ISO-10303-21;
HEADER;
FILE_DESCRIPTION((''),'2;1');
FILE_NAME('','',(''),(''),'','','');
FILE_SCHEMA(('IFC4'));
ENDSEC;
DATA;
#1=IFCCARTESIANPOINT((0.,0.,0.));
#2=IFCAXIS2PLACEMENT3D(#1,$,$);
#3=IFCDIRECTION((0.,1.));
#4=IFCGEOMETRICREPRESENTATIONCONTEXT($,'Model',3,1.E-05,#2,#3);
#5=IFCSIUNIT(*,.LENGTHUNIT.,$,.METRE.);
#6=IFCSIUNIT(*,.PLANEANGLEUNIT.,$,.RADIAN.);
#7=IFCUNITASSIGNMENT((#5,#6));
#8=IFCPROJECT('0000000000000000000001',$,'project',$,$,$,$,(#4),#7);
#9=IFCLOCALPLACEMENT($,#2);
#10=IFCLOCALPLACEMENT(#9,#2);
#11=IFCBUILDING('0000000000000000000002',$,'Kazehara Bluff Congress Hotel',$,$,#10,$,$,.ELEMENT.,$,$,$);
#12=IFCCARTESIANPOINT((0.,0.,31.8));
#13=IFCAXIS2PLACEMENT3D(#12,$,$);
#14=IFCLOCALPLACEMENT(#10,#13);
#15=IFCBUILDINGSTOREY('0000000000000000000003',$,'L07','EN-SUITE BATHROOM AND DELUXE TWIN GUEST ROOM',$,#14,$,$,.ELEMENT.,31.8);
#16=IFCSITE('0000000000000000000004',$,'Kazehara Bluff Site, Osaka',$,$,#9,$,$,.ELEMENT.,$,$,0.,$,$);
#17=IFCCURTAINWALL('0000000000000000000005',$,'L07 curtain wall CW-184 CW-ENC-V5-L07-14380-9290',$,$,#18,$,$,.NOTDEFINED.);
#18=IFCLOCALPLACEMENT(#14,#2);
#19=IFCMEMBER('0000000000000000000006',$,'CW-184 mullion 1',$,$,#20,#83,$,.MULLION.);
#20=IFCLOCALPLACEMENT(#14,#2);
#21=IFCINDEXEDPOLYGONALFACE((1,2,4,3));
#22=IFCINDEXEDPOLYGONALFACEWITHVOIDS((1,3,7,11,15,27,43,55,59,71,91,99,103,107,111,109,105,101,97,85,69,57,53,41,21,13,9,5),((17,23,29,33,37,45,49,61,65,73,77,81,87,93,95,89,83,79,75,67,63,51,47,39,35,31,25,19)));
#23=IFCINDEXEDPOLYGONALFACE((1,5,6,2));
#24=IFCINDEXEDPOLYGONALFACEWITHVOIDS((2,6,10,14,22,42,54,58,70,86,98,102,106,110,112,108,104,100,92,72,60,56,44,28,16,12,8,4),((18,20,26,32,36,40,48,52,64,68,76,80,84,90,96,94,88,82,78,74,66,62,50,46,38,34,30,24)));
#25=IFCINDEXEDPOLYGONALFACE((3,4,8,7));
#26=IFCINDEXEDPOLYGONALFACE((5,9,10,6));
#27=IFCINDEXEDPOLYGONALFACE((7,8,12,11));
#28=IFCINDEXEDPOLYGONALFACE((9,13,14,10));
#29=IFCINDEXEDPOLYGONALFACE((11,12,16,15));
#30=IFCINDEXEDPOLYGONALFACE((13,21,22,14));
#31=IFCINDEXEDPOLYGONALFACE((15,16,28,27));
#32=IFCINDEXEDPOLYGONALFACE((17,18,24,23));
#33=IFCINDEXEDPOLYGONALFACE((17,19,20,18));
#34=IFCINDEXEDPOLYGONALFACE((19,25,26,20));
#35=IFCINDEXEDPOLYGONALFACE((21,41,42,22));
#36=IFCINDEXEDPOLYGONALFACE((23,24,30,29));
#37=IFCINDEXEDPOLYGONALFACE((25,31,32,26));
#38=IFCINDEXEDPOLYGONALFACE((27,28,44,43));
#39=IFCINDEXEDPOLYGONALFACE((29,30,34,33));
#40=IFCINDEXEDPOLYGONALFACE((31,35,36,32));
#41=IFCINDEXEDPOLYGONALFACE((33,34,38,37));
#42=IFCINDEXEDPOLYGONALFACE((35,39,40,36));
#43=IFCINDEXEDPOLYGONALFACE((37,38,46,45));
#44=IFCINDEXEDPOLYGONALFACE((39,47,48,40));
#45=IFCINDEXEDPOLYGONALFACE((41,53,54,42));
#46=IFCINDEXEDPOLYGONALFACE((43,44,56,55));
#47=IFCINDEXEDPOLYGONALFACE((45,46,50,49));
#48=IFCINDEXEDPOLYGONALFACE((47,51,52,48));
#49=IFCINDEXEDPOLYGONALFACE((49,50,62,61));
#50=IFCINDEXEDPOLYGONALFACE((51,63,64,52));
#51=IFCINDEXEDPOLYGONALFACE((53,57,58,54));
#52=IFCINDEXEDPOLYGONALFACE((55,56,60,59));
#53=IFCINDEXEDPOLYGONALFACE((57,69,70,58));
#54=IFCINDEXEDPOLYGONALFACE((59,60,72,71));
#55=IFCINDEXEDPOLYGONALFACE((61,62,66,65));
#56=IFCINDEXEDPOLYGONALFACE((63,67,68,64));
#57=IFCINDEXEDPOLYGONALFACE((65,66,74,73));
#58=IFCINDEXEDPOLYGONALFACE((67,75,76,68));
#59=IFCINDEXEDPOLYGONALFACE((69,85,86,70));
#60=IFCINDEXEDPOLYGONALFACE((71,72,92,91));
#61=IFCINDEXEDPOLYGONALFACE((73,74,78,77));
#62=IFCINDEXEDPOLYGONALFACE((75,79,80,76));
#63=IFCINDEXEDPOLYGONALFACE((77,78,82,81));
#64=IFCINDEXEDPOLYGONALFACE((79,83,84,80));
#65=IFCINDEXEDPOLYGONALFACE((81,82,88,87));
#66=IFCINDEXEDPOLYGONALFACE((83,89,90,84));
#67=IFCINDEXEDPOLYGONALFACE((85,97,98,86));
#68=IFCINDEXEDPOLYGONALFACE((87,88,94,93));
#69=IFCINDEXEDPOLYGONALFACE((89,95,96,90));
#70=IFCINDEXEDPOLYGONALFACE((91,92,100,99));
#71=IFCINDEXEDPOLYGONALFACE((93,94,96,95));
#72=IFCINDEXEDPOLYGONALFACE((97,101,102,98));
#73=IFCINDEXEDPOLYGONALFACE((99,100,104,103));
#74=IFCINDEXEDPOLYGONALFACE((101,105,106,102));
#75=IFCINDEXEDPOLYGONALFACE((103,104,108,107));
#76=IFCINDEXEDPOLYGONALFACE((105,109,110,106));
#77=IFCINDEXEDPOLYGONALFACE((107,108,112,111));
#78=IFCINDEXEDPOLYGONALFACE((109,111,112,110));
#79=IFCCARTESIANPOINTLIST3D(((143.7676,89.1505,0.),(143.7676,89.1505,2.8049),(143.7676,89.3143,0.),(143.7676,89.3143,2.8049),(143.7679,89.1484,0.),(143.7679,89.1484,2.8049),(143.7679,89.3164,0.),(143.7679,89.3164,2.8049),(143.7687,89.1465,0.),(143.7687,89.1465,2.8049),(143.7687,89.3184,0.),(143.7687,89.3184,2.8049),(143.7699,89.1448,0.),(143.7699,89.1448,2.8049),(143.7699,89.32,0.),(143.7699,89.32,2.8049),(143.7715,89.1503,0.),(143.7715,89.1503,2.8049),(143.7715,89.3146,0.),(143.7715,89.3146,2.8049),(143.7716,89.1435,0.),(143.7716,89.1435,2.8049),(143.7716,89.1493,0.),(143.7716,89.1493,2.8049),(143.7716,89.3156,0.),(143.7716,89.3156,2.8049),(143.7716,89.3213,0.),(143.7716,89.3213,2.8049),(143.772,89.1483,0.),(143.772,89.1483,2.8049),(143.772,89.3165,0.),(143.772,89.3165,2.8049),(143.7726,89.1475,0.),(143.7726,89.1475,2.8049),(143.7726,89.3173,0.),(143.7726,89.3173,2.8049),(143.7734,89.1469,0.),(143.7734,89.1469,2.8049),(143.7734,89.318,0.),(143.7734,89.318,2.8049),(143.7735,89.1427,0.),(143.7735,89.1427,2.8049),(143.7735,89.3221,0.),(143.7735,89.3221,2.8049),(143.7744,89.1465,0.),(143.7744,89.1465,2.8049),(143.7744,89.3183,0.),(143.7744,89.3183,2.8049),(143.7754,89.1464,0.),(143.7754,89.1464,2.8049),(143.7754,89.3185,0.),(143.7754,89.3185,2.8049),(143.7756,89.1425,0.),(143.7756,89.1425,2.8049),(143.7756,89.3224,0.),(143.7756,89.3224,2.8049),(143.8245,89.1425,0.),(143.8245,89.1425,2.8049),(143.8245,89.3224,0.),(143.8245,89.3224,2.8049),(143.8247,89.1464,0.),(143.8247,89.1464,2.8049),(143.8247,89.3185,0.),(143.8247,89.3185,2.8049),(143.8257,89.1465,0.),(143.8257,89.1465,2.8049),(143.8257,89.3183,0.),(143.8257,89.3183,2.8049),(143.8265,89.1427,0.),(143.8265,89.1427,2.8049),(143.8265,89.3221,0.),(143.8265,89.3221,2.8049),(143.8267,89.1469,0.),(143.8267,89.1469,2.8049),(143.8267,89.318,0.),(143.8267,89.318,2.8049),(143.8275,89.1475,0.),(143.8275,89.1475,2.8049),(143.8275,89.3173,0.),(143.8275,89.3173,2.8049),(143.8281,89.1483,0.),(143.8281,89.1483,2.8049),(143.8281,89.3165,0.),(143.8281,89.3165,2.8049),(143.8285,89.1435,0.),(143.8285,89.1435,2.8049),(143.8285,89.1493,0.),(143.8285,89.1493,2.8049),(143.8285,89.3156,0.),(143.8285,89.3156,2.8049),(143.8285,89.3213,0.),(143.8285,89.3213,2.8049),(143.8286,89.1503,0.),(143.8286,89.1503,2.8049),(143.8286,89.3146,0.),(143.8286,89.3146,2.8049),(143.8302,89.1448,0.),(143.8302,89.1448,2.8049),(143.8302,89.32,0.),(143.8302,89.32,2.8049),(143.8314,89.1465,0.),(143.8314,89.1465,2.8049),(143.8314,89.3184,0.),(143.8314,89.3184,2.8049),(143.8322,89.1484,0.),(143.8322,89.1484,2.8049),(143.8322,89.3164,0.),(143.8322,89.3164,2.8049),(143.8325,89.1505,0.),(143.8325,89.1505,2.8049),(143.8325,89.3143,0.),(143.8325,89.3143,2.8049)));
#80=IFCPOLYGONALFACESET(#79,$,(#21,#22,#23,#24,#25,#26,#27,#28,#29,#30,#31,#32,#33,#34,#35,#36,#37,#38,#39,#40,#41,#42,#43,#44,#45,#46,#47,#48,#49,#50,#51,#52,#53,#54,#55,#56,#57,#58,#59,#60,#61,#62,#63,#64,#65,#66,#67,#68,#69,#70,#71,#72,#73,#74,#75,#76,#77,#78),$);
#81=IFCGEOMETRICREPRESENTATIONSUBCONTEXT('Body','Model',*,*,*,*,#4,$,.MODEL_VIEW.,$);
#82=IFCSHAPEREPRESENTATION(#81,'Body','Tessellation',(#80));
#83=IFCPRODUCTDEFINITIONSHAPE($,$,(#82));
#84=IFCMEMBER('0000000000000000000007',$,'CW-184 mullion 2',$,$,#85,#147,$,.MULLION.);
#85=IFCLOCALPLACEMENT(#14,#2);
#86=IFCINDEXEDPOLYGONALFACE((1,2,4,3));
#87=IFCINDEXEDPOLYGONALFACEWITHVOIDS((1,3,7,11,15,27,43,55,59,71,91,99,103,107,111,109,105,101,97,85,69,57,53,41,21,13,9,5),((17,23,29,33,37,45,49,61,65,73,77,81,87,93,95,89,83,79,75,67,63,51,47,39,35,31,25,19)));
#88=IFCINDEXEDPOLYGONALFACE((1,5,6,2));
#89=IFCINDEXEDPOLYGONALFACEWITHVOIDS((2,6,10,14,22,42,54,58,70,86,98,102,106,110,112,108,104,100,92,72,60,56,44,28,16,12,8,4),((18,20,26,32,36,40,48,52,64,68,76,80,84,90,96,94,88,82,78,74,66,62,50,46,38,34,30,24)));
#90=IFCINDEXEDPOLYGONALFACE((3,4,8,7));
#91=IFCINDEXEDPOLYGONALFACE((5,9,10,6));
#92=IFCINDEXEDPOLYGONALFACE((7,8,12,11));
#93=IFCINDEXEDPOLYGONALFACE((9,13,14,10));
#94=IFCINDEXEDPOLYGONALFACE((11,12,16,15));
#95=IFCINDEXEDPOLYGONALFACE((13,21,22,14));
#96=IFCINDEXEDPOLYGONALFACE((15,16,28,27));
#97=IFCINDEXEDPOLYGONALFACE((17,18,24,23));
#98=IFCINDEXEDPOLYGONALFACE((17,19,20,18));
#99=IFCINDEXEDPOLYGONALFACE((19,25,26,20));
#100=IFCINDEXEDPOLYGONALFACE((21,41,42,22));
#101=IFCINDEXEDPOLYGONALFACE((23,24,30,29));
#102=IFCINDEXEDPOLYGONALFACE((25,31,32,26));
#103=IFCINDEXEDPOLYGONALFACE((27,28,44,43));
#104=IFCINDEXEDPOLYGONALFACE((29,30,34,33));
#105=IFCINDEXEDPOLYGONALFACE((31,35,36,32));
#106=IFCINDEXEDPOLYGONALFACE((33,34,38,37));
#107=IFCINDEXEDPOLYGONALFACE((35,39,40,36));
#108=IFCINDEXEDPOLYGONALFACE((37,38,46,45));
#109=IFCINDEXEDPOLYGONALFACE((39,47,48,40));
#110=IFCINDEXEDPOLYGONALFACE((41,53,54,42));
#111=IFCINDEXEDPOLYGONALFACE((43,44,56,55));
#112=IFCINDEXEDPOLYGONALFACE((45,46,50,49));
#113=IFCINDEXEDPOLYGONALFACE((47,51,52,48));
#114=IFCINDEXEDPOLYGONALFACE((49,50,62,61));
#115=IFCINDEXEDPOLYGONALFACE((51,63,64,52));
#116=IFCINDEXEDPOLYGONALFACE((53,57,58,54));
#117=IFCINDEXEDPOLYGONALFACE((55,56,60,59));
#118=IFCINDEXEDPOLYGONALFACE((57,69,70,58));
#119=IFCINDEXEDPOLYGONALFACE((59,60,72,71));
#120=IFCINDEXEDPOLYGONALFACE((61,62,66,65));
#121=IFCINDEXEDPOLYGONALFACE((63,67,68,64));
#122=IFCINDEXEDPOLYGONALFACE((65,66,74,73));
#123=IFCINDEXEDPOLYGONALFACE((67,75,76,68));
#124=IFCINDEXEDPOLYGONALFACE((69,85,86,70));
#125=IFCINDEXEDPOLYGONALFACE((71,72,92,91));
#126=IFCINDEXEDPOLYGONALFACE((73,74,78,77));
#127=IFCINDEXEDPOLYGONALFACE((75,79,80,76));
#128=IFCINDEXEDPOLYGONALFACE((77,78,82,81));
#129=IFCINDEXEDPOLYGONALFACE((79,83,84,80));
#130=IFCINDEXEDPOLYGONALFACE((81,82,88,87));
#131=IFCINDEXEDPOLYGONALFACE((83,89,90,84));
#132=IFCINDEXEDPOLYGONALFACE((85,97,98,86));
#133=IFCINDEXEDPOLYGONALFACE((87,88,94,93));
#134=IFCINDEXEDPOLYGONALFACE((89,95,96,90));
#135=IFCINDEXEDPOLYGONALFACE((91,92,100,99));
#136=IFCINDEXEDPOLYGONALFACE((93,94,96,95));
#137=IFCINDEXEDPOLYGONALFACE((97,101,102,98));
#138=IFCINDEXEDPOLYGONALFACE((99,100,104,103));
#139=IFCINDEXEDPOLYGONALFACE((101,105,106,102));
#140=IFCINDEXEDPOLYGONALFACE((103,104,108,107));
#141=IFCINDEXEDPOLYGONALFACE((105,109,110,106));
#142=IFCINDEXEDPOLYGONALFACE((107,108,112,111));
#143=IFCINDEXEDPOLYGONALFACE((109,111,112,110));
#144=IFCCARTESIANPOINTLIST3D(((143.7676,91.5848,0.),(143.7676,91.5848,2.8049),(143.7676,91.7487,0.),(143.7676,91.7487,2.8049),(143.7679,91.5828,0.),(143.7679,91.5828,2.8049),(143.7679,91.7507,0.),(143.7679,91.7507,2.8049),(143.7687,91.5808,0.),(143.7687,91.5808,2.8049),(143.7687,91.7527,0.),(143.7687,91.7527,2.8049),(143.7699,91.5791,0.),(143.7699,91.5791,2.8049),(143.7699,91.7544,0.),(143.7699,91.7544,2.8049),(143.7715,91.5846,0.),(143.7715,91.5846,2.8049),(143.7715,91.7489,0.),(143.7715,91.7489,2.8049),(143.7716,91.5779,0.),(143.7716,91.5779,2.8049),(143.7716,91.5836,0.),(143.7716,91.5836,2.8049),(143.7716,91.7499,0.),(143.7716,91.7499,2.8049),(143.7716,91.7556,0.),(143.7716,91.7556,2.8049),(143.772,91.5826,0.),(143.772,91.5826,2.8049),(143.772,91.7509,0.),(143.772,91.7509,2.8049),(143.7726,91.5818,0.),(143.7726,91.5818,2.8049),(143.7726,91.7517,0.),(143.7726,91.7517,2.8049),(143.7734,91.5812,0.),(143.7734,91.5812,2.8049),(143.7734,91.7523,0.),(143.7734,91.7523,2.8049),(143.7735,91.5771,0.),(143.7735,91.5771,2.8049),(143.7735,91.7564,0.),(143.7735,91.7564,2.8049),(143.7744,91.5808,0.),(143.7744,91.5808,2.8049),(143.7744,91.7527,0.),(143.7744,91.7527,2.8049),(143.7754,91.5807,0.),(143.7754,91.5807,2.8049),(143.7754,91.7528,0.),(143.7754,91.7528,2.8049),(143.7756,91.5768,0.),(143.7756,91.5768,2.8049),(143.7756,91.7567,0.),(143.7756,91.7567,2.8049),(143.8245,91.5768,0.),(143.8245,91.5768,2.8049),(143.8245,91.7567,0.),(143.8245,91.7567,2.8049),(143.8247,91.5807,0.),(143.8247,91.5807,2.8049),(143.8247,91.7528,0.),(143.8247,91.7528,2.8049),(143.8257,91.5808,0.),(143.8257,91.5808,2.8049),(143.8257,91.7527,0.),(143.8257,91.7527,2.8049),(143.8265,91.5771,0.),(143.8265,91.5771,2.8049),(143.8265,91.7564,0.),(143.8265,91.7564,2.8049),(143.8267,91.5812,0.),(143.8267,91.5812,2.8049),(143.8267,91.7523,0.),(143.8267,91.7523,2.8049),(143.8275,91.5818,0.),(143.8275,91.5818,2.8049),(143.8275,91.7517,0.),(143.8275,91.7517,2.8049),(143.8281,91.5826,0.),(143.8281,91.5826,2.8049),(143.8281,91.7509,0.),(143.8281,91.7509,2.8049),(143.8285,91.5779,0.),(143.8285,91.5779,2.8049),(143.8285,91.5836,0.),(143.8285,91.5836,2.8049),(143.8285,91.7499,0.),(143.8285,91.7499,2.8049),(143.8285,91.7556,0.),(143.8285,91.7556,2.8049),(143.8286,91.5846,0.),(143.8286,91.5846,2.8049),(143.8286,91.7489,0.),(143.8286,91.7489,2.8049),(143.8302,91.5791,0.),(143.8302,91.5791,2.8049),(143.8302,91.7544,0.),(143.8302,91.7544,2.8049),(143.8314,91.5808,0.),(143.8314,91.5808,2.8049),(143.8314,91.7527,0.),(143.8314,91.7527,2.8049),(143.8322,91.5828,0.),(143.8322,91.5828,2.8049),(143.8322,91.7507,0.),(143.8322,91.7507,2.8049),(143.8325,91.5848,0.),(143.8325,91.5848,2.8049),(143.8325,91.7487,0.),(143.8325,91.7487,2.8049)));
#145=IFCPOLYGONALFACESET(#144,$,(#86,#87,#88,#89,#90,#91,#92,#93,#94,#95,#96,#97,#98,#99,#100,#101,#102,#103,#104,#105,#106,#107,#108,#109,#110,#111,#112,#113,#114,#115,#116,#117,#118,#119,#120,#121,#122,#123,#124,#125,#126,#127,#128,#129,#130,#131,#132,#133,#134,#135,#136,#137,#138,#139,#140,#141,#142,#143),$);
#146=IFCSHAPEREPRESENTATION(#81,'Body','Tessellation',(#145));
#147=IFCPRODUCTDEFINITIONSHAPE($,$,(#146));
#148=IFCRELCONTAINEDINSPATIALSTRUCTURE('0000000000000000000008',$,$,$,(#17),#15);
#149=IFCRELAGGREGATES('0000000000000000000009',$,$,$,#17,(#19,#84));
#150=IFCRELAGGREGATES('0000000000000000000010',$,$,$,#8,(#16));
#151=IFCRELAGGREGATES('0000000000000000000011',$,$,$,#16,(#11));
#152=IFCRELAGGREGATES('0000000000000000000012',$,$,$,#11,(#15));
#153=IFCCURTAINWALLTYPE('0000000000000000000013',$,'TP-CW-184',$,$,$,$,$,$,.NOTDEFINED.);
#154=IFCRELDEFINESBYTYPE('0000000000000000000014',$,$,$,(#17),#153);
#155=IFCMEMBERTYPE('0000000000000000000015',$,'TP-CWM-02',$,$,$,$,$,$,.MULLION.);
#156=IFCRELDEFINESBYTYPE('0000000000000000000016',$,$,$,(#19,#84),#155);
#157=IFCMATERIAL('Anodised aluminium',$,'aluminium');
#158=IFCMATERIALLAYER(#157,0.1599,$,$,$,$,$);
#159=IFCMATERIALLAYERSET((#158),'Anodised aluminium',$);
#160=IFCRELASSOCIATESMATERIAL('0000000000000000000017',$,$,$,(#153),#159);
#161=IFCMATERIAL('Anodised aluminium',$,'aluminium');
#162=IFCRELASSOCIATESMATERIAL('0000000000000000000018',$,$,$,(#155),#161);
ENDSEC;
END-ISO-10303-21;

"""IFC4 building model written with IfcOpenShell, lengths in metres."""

from ifc_helpers import new_model, si_unit, direction, frame, origin, origin_2d, place, context, subcontext, project, spatial, hollow_rectangle, extrude, material, layer, layer_set, material_profile, profile_set, type_object, element, aggregate, save


model = new_model("IFC4")

# Units and contexts
model_context = context("Model", 3, precision=1e-05, world=origin(), true_north=direction((0.0, 1.0)))
body_context = subcontext(model_context, "Body", "Model", "MODEL_VIEW")
ifc_project = project(units=[si_unit("LENGTHUNIT", "METRE"), si_unit("PLANEANGLEUNIT", "RADIAN")], contexts=[model_context])

# Site, building, storey
site_placement = place(None, origin())
site = spatial("IfcSite", under=ifc_project, at=site_placement, Name="Kazehara Bluff Site, Osaka", CompositionType="ELEMENT", RefElevation=0.0)
building_placement = place(site_placement, origin())
building = spatial("IfcBuilding", under=site, at=building_placement, Name="Kazehara Bluff Congress Hotel", CompositionType="ELEMENT")
storey_placement = place(building_placement, frame((0.0, 0.0, 31.8)))
storey = spatial("IfcBuildingStorey", under=building, at=storey_placement, Name="L07", Description="EN-SUITE BATHROOM AND DELUXE TWIN GUEST ROOM", CompositionType="ELEMENT", Elevation=31.8)

# Curtain wall, members
ifc_material_1 = material(Name="Anodised aluminium", Category="aluminium")
ifc_layer_1 = layer(ifc_material_1, 0.1599)
ifc_layer_set_1 = layer_set([ifc_layer_1], Name="Anodised aluminium")
curtain_wall_type_1 = type_object("IfcCurtainWallType", Name="TP-CW-184", PredefinedType="NOTDEFINED", material=ifc_layer_set_1)
curtain_wall_1_placement = place(storey_placement, origin())
curtain_wall_1 = element("IfcCurtainWall", 1, at=curtain_wall_1_placement, inside=storey, type_object=curtain_wall_type_1, Name="L07 curtain wall CW-184 CW-ENC-V5-L07-14380-9290", PredefinedType="NOTDEFINED")
ifc_material_2 = material(Name="Anodised aluminium", Category="aluminium")
ifc_material_profile_1 = material_profile(ifc_material_2, hollow_rectangle(XDim=0.0649, YDim=0.1799, WallThickness=0.0039, InnerFilletRadius=0.0039, OuterFilletRadius=0.0081, at=origin_2d()))
ifc_profile_set_1 = profile_set([ifc_material_profile_1], Name="Anodised aluminium")
member_type_1 = type_object("IfcMemberType", Name="TP-CWM-02", PredefinedType="MULLION", material=ifc_profile_set_1)
member_1_placement = place(storey_placement, frame((143.8, 89.2324, 0.0), z_axis=(0.0, 0.0, 1.0), x_axis=(-1.0, 0.0, 0.0)))
member_1 = element("IfcMember", 2, at=member_1_placement, type_object=member_type_1, Name="CW-184 mullion 1", PredefinedType="MULLION", context=body_context, shape_type="SweptSolid", body=[
    extrude(hollow_rectangle(XDim=0.0649, YDim=0.1799, WallThickness=0.0039, InnerFilletRadius=0.0039, OuterFilletRadius=0.0081, at=origin_2d()), origin(), (0.0, 0.0, 1.0), 2.8049),
])
member_2_placement = place(storey_placement, frame((143.8, 91.6667, 0.0), z_axis=(0.0, 0.0, 1.0), x_axis=(-1.0, 0.0, 0.0)))
member_2 = element("IfcMember", 3, at=member_2_placement, type_object=member_type_1, Name="CW-184 mullion 2", PredefinedType="MULLION", context=body_context, shape_type="SweptSolid", body=[
    extrude(hollow_rectangle(XDim=0.0649, YDim=0.1799, WallThickness=0.0039, InnerFilletRadius=0.0039, OuterFilletRadius=0.0081, at=origin_2d()), origin(), (0.0, 0.0, 1.0), 2.8049),
])

aggregate(curtain_wall_1, [member_1, member_2])

save(model, "model.ifc")
